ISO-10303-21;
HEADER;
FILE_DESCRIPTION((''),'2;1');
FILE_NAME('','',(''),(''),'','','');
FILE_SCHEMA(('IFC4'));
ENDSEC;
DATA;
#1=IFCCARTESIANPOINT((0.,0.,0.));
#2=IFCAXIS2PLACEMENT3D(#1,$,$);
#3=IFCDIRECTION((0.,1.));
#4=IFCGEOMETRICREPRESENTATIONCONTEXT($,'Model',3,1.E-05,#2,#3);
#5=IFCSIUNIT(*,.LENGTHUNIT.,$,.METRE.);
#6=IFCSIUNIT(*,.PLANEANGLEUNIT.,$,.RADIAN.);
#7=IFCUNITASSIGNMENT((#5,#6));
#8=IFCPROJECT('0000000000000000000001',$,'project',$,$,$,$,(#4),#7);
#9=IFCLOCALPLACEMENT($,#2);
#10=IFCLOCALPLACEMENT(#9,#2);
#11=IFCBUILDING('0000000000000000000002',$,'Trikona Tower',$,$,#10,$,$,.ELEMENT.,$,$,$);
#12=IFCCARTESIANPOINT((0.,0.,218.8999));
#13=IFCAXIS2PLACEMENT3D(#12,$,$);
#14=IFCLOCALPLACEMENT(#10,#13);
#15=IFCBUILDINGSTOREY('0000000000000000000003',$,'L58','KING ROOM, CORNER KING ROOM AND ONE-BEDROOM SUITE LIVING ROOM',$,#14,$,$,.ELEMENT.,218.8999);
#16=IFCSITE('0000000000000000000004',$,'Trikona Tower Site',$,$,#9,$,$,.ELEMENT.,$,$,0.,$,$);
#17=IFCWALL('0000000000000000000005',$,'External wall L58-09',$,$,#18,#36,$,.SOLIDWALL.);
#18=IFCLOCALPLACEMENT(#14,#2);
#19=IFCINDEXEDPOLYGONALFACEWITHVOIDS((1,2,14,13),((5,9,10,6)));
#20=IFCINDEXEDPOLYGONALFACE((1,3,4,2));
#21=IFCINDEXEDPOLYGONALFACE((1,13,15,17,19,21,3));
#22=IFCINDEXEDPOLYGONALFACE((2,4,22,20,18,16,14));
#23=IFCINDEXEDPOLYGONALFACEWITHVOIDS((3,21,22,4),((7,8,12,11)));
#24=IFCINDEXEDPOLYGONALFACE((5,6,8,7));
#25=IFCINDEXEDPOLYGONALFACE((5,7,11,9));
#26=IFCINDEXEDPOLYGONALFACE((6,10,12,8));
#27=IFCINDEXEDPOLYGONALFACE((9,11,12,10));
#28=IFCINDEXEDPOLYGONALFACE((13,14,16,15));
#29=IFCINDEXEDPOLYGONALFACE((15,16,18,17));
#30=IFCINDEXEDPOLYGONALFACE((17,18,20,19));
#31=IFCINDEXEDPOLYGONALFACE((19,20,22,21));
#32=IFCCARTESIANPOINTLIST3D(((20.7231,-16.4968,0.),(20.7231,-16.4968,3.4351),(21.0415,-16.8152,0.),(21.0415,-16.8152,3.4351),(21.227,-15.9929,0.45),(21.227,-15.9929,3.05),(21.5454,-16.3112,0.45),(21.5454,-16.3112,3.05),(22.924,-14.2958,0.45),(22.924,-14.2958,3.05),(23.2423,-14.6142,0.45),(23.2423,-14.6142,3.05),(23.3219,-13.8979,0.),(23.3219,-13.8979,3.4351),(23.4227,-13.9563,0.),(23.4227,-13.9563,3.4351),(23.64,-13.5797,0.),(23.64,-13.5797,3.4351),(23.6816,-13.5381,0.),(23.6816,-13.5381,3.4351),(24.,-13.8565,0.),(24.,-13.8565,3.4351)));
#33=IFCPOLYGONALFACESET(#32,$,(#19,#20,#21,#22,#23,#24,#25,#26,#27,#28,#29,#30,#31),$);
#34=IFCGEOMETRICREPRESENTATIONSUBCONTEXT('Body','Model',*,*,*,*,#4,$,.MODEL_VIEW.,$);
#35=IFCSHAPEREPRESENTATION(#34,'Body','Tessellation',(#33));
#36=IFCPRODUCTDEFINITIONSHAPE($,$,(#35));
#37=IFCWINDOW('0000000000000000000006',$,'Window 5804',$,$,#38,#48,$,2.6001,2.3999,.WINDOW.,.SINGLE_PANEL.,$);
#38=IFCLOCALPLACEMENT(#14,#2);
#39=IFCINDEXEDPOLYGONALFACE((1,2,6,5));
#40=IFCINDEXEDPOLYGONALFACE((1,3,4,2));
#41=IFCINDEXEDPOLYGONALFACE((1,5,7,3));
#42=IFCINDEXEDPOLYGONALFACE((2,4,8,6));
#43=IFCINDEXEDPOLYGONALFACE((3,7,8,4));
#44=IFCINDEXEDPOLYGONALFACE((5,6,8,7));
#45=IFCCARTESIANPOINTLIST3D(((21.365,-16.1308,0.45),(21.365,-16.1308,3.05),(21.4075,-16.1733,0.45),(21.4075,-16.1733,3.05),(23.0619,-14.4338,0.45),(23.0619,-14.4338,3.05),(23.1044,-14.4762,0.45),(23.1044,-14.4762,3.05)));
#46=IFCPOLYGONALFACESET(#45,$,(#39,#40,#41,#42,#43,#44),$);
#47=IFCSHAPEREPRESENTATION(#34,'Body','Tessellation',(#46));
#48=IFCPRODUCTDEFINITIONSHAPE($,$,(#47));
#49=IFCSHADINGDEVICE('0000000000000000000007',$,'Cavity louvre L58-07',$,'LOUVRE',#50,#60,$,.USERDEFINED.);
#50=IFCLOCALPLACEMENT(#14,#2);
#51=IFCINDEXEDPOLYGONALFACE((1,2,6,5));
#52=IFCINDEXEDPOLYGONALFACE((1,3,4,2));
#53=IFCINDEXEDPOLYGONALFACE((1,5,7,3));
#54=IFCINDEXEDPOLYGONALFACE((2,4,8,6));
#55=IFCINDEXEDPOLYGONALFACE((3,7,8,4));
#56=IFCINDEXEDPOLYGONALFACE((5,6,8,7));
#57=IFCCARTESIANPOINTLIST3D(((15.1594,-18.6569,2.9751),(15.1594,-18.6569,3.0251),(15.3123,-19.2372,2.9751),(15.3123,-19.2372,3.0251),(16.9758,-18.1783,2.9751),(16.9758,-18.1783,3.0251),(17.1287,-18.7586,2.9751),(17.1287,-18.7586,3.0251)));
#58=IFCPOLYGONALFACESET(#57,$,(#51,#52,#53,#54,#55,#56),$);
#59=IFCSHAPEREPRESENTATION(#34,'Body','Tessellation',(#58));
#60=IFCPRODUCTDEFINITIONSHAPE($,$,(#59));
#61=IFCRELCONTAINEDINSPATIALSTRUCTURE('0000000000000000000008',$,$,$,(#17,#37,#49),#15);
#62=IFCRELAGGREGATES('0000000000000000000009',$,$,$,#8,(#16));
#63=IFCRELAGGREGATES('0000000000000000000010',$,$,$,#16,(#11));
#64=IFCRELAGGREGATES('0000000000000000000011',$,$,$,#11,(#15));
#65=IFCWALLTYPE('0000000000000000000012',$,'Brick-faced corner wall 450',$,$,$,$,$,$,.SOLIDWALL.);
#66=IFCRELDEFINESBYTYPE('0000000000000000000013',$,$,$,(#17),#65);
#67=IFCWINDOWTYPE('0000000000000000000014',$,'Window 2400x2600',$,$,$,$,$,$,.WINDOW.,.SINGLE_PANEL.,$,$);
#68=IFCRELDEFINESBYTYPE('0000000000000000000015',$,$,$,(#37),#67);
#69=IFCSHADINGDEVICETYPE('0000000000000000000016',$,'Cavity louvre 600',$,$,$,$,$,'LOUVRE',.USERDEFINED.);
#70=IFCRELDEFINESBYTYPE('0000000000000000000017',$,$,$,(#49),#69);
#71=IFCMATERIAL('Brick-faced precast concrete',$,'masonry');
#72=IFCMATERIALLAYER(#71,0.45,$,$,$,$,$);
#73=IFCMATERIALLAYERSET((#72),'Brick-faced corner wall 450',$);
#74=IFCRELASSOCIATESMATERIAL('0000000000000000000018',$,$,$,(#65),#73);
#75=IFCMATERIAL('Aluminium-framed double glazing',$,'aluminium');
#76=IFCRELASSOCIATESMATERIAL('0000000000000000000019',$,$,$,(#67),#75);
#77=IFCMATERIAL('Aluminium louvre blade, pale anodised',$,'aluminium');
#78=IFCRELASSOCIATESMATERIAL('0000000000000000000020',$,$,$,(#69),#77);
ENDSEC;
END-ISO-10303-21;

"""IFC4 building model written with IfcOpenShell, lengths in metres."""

from ifc_helpers import new_model, si_unit, direction, frame, frame_2d, origin, origin_2d, place, context, subcontext, project, spatial, polyline, rectangle, outline, extrude, material, layer, layer_set, type_object, element, fill, save


model = new_model("IFC4")

# Units and contexts
model_context = context("Model", 3, precision=1e-05, world=origin(), true_north=direction((0.0, 1.0)))
body_context = subcontext(model_context, "Body", "Model", "MODEL_VIEW")
ifc_project = project(units=[si_unit("LENGTHUNIT", "METRE"), si_unit("PLANEANGLEUNIT", "RADIAN")], contexts=[model_context])

# Site, building, storey
site_placement = place(None, origin())
site = spatial("IfcSite", under=ifc_project, at=site_placement, Name="Trikona Tower Site", CompositionType="ELEMENT", RefElevation=0.0)
building_placement = place(site_placement, origin())
building = spatial("IfcBuilding", under=site, at=building_placement, Name="Trikona Tower", CompositionType="ELEMENT")
storey_placement = place(building_placement, frame((0.0, 0.0, 218.8999)))
storey = spatial("IfcBuildingStorey", under=building, at=storey_placement, Name="L58", Description="KING ROOM, CORNER KING ROOM AND ONE-BEDROOM SUITE LIVING ROOM", CompositionType="ELEMENT", Elevation=218.8999)

# Wall, opening, window
ifc_material_1 = material(Name="Brick-faced precast concrete", Category="masonry")
ifc_layer_1 = layer(ifc_material_1, 0.45)
ifc_layer_set_1 = layer_set([ifc_layer_1], Name="Brick-faced corner wall 450")
wall_type = type_object("IfcWallType", Name="Brick-faced corner wall 450", PredefinedType="SOLIDWALL", material=ifc_layer_set_1)
wall_1_placement = place(storey_placement, frame((20.8823, -16.656, 0.0), z_axis=(0.0, 0.0, 1.0), x_axis=(0.707078, 0.707136, 0.0)))
wall_1 = element("IfcWall", 1, at=wall_1_placement, inside=storey, type_object=wall_type, Name="External wall L58-09", PredefinedType="SOLIDWALL", context=body_context, shape_type="SweptSolid", body=[
    extrude(outline(polyline([(4.1841, 0.2251), (4.1252, 0.2251), (3.7053, 0.1125), (3.6753, 0.2251), (0.0, 0.2251), (0.0, -0.2251), (4.1841, -0.2251), (4.1841, 0.2251)])), origin(), (0.0, 0.0, 1.0), 3.4351),
])
opening_1_placement = place(wall_1_placement, frame((0.7126, 0.0, 0.45)))
opening_1 = element("IfcOpeningElement", 2, at=opening_1_placement, cuts=wall_1, PredefinedType="OPENING", context=body_context, shape_type="SweptSolid", body=[
    extrude(rectangle(XDim=2.3999, YDim=2.6001, at=frame_2d((1.2, 1.3))), frame((0.0, 0.2349, 0.0), z_axis=(0.0, -1.0, 0.0), x_axis=(1.0, 0.0, 0.0)), (0.0, 0.0, 1.0), 0.47),
])
ifc_material_2 = material(Name="Aluminium-framed double glazing", Category="aluminium")
window_type_1 = type_object("IfcWindowType", Name="Window 2400x2600", PartitioningType="SINGLE_PANEL", PredefinedType="WINDOW", material=ifc_material_2)
window_1_placement = place(opening_1_placement, origin())
window_1 = element("IfcWindow", 3, at=window_1_placement, inside=storey, type_object=window_type_1, Name="Window 5804", OverallHeight=2.6001, OverallWidth=2.3999, PartitioningType="SINGLE_PANEL", PredefinedType="WINDOW", context=body_context, shape_type="SweptSolid", body=[
    extrude(rectangle(XDim=2.3999, YDim=2.6001, at=frame_2d((1.2, 1.3))), frame((0.0, 0.03, 0.0), z_axis=(0.0, -1.0, 0.0), x_axis=(1.0, 0.0, 0.0)), (0.0, 0.0, 1.0), 0.0601),
])
fill(opening_1, window_1)

# Shading device
ifc_material_3 = material(Name="Aluminium louvre blade, pale anodised", Category="aluminium")
shading_device_type = type_object("IfcShadingDeviceType", Name="Cavity louvre 600", ElementType="LOUVRE", PredefinedType="USERDEFINED", material=ifc_material_3)
shading_device_placement = place(storey_placement, frame((16.144, -18.7078, 2.9751), z_axis=(0.0, 0.0, 1.0), x_axis=(0.966993, 0.254803, 0.0)))
element("IfcShadingDevice", 4, at=shading_device_placement, inside=storey, type_object=shading_device_type, Name="Cavity louvre L58-07", ObjectType="LOUVRE", PredefinedType="USERDEFINED", context=body_context, shape_type="SweptSolid", body=[
    extrude(rectangle(XDim=1.8784, YDim=0.6001, at=origin_2d()), origin(), (0.0, 0.0, 1.0), 0.05),
])

save(model, "model.ifc")
